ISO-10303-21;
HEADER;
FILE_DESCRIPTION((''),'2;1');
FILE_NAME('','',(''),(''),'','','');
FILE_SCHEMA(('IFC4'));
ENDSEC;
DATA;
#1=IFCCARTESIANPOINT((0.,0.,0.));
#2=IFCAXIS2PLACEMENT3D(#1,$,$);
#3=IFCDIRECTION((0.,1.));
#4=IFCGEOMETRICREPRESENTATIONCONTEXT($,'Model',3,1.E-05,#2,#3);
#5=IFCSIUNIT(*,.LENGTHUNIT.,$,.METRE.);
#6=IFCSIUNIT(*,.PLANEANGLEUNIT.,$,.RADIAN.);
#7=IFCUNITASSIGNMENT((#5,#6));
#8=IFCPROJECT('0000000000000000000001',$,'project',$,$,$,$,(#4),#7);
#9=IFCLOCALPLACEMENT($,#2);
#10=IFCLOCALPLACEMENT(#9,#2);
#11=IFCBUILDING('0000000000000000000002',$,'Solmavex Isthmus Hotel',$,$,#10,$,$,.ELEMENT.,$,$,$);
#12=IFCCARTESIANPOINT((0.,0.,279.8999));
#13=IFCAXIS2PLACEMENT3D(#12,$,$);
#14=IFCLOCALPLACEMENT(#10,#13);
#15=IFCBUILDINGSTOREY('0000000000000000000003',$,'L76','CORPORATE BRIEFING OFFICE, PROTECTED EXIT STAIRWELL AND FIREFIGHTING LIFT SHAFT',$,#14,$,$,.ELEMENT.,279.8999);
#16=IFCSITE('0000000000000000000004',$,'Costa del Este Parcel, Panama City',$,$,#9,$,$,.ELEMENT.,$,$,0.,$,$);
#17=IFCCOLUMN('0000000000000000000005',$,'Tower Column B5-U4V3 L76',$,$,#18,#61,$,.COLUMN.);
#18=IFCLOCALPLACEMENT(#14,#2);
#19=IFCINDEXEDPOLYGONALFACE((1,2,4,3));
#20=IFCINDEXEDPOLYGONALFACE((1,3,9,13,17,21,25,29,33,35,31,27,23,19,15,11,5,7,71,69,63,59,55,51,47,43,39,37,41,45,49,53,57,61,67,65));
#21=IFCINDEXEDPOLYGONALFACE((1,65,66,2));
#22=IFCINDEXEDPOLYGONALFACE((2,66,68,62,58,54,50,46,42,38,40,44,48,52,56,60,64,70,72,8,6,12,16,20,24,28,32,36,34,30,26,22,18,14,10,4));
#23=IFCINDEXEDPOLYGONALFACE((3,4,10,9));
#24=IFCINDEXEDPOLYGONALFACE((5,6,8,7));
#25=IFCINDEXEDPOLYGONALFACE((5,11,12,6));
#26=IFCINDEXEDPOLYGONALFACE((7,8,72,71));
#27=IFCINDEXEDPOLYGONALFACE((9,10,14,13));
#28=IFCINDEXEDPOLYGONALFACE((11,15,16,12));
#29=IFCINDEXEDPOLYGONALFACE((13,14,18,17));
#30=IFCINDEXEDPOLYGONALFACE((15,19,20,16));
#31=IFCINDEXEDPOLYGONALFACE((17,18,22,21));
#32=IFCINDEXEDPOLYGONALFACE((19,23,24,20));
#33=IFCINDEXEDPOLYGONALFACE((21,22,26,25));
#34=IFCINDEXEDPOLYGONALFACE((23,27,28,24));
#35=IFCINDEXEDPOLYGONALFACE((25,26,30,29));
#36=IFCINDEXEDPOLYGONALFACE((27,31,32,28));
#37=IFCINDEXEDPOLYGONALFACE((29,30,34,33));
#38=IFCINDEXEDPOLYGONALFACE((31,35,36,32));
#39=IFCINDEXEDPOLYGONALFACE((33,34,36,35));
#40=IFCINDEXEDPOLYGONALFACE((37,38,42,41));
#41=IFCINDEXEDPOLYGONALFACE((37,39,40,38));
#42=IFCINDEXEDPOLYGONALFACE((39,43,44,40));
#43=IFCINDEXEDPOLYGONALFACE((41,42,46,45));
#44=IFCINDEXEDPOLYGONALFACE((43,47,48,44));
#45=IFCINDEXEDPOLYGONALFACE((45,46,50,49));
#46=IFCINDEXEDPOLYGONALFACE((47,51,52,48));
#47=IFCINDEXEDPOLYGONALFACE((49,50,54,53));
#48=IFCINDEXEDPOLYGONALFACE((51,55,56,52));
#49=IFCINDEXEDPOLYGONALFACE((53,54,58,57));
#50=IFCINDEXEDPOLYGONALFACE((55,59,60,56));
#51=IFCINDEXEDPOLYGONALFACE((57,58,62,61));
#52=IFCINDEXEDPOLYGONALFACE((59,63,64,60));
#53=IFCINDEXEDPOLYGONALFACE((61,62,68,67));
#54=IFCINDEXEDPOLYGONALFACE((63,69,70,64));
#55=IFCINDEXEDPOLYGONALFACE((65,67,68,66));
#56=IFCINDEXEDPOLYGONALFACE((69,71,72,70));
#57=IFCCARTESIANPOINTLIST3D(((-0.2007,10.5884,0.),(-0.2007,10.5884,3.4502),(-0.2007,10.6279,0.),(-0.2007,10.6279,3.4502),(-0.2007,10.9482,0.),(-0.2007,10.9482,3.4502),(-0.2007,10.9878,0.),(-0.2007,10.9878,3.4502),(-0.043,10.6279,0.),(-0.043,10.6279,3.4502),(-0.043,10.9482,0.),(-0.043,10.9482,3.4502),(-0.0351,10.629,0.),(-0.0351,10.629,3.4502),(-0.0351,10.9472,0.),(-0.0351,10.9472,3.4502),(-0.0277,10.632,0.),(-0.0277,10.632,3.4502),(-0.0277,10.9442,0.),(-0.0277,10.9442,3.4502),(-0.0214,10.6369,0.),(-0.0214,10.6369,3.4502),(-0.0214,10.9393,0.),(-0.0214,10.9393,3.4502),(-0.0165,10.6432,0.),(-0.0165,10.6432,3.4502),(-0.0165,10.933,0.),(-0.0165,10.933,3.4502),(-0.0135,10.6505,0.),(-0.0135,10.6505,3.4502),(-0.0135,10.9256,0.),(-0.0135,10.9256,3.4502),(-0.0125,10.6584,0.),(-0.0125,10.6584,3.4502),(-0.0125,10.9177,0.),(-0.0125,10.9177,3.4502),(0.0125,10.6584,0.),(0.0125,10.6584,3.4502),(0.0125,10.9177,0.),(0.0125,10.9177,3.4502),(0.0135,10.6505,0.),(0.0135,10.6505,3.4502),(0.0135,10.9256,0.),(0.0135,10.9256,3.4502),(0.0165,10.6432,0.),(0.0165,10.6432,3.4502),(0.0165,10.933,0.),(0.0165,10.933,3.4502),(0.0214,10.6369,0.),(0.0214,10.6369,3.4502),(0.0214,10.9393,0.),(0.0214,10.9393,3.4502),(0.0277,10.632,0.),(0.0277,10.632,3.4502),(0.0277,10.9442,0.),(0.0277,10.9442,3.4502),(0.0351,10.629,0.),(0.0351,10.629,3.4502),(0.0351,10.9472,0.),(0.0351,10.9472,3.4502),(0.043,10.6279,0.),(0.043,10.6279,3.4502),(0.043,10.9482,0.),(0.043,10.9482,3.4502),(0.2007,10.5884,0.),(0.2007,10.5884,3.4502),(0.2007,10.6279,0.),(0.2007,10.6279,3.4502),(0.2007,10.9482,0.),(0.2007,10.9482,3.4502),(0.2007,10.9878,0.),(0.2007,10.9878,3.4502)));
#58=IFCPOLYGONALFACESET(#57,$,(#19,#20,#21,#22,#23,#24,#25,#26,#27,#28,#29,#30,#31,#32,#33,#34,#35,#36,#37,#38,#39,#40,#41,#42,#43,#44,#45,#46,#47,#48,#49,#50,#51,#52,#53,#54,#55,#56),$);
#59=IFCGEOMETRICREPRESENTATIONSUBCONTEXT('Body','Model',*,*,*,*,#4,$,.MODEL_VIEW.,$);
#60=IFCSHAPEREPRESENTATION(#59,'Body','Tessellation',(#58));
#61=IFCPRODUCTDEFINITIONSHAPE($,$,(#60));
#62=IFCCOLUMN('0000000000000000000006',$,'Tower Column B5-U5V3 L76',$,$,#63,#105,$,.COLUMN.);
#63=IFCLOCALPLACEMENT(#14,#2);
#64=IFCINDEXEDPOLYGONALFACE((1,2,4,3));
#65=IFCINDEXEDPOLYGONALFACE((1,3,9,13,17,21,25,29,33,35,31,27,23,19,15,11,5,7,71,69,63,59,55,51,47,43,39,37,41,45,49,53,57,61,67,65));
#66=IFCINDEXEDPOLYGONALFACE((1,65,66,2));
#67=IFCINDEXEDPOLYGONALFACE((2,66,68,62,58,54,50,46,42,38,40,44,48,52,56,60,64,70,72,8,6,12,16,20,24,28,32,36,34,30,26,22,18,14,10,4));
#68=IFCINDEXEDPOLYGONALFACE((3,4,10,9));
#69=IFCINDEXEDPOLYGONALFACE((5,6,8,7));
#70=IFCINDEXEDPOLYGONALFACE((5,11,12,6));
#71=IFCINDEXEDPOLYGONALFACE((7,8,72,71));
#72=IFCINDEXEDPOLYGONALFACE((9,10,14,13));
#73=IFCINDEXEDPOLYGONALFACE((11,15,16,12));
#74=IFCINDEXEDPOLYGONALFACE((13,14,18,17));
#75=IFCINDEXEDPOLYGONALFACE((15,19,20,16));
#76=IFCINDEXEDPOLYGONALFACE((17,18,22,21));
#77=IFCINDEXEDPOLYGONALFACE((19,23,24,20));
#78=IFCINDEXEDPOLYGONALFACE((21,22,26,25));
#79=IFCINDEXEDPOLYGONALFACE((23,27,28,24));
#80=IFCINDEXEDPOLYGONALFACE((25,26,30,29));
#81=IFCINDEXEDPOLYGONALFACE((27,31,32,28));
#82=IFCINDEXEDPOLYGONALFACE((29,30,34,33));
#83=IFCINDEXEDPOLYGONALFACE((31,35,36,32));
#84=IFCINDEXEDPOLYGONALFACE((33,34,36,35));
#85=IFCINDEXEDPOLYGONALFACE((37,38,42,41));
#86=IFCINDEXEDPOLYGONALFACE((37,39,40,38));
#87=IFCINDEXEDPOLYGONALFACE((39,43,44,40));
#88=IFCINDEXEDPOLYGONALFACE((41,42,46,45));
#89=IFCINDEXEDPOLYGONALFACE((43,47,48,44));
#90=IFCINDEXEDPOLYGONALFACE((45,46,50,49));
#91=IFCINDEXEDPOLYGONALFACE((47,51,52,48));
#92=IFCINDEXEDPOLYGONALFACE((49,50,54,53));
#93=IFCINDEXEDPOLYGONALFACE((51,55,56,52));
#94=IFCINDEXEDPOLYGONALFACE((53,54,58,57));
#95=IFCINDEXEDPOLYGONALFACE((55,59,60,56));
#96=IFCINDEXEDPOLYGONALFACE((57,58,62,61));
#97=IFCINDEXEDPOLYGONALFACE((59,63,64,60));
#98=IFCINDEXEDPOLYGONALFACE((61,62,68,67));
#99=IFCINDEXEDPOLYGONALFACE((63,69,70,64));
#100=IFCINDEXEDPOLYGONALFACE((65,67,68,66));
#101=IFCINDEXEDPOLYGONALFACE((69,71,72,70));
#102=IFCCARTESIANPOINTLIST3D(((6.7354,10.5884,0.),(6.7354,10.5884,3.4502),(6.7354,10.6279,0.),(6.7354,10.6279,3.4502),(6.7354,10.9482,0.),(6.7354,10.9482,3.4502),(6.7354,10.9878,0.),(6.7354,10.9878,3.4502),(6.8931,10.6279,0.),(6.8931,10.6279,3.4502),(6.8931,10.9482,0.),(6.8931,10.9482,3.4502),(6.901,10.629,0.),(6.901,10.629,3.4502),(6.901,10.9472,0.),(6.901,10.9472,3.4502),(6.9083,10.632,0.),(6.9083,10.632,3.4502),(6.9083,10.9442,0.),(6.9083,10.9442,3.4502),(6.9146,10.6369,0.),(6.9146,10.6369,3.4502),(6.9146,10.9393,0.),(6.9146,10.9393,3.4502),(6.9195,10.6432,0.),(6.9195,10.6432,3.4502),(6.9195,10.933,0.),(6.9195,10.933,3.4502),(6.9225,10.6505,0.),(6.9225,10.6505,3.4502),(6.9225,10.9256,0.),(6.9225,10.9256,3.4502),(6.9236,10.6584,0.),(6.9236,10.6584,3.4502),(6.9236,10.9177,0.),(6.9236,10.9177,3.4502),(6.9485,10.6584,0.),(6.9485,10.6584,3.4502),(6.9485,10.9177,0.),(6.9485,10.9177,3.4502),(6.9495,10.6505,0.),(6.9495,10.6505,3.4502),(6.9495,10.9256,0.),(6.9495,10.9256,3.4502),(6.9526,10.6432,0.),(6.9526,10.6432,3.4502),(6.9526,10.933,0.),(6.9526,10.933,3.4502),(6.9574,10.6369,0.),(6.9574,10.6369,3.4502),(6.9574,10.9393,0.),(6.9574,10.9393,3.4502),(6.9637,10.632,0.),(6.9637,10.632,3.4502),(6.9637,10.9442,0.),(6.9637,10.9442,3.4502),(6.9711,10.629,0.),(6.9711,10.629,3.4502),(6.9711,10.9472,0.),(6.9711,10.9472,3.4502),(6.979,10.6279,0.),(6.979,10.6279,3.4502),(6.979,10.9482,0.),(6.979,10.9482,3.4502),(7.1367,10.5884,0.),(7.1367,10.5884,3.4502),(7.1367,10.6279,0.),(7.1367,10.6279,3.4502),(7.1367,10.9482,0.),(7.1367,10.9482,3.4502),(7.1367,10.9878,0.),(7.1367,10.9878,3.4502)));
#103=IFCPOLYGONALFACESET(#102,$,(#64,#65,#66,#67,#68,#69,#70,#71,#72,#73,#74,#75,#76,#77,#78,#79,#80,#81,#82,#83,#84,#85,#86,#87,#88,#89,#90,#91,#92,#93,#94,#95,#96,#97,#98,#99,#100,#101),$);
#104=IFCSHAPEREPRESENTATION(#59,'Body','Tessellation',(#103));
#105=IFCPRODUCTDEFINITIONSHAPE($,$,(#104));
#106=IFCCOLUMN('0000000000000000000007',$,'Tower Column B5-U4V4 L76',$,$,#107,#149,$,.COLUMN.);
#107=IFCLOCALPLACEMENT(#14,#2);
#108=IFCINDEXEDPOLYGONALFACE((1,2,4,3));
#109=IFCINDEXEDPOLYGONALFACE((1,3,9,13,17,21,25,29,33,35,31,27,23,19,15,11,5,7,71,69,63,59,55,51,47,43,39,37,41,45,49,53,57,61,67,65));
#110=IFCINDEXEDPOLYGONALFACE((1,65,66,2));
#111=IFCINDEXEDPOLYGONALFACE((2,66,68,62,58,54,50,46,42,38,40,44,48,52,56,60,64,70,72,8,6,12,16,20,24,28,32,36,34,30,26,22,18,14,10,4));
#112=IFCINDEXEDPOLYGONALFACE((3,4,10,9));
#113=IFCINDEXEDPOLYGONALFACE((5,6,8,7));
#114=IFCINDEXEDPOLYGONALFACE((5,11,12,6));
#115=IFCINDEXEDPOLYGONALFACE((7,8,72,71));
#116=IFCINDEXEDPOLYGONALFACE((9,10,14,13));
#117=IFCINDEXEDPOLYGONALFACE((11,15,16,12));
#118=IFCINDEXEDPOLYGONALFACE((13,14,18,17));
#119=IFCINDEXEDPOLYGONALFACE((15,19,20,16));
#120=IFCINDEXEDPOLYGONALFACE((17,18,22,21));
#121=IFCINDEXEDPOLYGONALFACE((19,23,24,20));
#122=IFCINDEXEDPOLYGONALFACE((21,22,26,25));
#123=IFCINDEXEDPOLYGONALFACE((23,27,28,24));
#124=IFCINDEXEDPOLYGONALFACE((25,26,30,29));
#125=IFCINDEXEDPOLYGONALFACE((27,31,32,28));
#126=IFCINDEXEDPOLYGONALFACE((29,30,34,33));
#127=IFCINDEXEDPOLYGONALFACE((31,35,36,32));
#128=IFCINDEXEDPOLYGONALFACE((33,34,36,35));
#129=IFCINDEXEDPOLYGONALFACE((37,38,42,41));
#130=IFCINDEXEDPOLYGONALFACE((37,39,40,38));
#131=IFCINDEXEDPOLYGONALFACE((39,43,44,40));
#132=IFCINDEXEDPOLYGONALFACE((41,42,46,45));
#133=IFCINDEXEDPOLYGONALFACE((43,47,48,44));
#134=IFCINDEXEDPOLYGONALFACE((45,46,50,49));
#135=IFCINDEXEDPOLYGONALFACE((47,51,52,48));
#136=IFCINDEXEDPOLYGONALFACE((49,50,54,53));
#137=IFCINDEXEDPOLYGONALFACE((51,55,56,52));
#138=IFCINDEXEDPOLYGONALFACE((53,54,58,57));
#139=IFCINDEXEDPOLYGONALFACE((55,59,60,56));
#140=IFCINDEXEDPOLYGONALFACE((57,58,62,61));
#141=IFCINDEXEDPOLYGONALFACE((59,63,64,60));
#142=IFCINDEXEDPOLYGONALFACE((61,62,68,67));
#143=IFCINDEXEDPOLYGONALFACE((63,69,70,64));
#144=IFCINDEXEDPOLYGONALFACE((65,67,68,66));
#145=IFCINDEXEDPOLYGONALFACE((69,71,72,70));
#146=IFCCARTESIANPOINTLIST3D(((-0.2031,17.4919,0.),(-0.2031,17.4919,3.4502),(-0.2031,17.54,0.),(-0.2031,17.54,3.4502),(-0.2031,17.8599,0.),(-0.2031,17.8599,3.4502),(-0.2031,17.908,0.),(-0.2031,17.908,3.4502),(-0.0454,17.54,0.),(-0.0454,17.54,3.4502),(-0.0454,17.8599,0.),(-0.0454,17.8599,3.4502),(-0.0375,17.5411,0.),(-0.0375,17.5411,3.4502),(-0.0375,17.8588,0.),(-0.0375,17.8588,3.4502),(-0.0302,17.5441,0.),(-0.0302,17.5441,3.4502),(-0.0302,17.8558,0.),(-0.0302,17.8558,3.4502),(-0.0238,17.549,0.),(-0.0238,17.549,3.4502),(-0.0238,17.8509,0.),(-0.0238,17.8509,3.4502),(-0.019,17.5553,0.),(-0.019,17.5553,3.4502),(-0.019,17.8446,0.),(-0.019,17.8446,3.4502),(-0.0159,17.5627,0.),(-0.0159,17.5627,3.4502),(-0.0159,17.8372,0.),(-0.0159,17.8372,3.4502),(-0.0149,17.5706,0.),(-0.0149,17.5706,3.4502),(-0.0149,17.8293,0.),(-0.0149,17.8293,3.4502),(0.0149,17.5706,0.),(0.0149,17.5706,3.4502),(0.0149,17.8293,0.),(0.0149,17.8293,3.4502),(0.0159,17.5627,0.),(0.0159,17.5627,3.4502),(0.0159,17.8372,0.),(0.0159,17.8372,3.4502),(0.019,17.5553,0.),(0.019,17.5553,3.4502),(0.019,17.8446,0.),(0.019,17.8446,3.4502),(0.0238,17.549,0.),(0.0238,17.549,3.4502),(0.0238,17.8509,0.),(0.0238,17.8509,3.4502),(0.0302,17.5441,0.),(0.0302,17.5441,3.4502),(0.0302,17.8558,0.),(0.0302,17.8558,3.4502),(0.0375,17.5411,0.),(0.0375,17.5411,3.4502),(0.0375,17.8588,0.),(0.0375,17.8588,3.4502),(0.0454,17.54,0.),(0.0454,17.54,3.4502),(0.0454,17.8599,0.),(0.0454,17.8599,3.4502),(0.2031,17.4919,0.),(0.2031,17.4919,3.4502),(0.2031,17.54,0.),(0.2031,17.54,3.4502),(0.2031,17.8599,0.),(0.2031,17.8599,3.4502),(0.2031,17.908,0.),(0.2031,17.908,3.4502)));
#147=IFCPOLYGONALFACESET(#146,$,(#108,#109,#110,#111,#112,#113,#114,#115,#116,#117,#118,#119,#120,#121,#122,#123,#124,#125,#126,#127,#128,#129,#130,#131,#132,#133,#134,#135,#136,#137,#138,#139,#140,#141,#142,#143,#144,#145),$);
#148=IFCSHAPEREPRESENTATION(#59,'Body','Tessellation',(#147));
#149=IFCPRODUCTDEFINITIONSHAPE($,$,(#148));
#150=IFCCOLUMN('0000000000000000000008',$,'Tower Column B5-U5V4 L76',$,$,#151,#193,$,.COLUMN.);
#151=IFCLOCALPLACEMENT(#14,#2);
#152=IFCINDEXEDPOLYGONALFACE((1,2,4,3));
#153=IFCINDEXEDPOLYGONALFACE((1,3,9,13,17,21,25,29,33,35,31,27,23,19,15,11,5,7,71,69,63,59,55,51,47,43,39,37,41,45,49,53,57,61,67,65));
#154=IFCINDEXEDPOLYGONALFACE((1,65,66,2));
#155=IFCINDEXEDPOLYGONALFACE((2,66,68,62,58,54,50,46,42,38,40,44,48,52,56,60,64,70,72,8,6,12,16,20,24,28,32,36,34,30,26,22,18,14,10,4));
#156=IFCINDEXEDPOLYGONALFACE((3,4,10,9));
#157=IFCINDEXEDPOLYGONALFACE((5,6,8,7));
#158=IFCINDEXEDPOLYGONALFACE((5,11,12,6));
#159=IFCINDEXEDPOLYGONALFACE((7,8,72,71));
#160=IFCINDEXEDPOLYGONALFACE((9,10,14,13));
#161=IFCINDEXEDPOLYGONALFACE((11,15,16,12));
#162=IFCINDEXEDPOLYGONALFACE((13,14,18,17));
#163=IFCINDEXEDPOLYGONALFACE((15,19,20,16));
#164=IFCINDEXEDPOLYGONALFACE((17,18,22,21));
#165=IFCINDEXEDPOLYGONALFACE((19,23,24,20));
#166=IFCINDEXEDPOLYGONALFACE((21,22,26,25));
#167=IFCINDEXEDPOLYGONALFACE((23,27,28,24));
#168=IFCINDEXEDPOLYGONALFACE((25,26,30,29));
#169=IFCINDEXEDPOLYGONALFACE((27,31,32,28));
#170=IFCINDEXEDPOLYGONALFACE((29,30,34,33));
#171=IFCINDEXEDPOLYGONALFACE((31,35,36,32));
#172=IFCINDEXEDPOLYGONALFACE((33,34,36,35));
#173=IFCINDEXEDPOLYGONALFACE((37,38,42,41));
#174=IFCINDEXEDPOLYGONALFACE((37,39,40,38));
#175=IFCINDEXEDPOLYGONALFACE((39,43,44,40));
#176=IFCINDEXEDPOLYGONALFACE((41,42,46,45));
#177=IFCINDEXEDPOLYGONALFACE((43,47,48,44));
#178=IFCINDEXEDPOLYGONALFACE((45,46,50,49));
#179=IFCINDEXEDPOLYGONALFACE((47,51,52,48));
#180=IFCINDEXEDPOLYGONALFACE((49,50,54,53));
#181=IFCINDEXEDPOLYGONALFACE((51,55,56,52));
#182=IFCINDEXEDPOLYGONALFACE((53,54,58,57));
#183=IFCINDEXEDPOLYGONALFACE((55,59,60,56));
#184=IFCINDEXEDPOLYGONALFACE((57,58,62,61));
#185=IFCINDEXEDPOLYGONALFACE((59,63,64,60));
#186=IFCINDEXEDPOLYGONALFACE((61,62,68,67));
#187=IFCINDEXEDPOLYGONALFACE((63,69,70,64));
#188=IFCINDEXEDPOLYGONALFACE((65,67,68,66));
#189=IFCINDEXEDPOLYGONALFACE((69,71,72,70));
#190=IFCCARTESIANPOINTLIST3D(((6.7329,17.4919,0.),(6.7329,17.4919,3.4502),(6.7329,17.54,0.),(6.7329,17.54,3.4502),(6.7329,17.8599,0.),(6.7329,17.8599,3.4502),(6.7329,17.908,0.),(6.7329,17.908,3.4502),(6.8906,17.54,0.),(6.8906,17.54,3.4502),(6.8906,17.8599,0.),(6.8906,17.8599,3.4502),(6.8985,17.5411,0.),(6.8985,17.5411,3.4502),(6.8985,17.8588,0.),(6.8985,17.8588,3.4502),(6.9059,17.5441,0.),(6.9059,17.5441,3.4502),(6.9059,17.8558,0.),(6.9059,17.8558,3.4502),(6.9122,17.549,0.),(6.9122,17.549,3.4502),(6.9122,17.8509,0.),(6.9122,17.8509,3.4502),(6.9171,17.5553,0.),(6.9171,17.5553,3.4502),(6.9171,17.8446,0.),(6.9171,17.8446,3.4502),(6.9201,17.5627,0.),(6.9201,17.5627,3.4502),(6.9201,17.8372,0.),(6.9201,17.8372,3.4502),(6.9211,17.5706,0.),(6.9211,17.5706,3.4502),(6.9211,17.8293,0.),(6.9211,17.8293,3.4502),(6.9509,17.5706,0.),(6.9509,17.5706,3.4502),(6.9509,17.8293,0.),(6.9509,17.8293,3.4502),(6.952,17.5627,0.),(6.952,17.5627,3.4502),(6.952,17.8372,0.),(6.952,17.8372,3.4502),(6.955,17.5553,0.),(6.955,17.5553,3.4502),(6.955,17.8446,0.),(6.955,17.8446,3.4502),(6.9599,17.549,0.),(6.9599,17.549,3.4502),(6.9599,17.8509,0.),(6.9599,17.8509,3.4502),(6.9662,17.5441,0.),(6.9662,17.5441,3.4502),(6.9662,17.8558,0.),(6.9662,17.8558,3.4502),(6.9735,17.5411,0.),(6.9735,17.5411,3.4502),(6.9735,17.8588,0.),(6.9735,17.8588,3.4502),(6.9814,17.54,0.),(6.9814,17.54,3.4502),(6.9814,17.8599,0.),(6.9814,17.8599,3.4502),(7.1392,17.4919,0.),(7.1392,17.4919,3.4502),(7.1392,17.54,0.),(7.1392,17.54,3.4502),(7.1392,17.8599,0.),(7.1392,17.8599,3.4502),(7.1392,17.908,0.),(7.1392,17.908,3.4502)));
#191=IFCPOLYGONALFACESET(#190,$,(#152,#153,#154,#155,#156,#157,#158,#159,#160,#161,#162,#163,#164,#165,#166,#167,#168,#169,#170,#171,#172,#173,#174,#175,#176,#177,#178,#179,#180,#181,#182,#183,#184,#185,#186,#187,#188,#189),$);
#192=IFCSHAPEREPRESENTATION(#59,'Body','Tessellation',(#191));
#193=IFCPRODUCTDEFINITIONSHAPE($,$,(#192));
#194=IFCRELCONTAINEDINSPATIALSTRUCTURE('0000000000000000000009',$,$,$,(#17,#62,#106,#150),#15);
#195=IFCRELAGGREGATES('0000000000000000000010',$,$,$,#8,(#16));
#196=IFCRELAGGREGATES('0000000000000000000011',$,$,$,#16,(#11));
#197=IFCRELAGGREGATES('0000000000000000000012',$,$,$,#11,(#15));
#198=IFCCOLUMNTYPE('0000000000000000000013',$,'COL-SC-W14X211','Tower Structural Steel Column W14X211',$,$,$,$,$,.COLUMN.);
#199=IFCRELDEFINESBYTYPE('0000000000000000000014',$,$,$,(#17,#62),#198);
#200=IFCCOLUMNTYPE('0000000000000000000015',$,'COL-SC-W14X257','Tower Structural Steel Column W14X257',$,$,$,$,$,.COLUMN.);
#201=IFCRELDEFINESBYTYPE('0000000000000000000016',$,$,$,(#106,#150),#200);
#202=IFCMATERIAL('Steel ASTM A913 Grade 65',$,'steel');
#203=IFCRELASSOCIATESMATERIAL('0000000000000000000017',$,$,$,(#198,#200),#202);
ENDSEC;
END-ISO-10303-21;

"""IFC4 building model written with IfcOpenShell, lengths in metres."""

from ifc_helpers import new_model, si_unit, direction, frame, origin, origin_2d, place, context, subcontext, project, spatial, i_section, extrude, material, material_profile, profile_set, type_object, element, save


model = new_model("IFC4")

# Units and contexts
model_context = context("Model", 3, precision=1e-05, world=origin(), true_north=direction((0.0, 1.0)))
body_context = subcontext(model_context, "Body", "Model", "MODEL_VIEW")
ifc_project = project(units=[si_unit("LENGTHUNIT", "METRE"), si_unit("PLANEANGLEUNIT", "RADIAN")], contexts=[model_context])

# Site, building, storey
site_placement = place(None, origin())
site = spatial("IfcSite", under=ifc_project, at=site_placement, Name="Costa del Este Parcel, Panama City", CompositionType="ELEMENT", RefElevation=0.0)
building_placement = place(site_placement, origin())
building = spatial("IfcBuilding", under=site, at=building_placement, Name="Solmavex Isthmus Hotel", CompositionType="ELEMENT")
storey_placement = place(building_placement, frame((0.0, 0.0, 279.8999)))
storey = spatial("IfcBuildingStorey", under=building, at=storey_placement, Name="L76", Description="CORPORATE BRIEFING OFFICE, PROTECTED EXIT STAIRWELL AND FIREFIGHTING LIFT SHAFT", CompositionType="ELEMENT", Elevation=279.8999)

# Columns
ifc_material_1 = material(Name="Steel ASTM A913 Grade 65", Category="steel")
ifc_material_profile_1 = material_profile(ifc_material_1, i_section(OverallWidth=0.4014, OverallDepth=0.3994, WebThickness=0.0249, FlangeThickness=0.0396, FilletRadius=0.0305, at=origin_2d()), Name="W14X211")
ifc_profile_set_1 = profile_set([ifc_material_profile_1], Name="Steel ASTM A913 Grade 65")
column_type_1 = type_object("IfcColumnType", Name="COL-SC-W14X211", Description="Tower Structural Steel Column W14X211", PredefinedType="COLUMN", material=ifc_profile_set_1)
for number, where, z_axis, x_axis, name in (
    (1, (0.0, 10.7881, 0.0), (0.0, 0.0, 1.0), (1.0, 0.0, 0.0), "Tower Column B5-U4V3 L76"),
    (2, (6.936, 10.7881, 0.0), (0.0, 0.0, 1.0), (1.0, 0.0, 0.0), "Tower Column B5-U5V3 L76"),
):
    element("IfcColumn", number, at=place(storey_placement, frame(where, z_axis=z_axis, x_axis=x_axis)), inside=storey, type_object=column_type_1, Name=name, PredefinedType="COLUMN", context=body_context, shape_type="SweptSolid", body=[
        extrude(i_section(OverallWidth=0.4014, OverallDepth=0.3994, WebThickness=0.0249, FlangeThickness=0.0396, FilletRadius=0.0305, at=origin_2d()), origin(), (0.0, 0.0, 1.0), 3.4502),
    ])
ifc_material_profile_2 = material_profile(ifc_material_1, i_section(OverallWidth=0.4062, OverallDepth=0.416, WebThickness=0.0298, FlangeThickness=0.0481, FilletRadius=0.0305, at=origin_2d()), Name="W14X257")
ifc_profile_set_2 = profile_set([ifc_material_profile_2], Name="Steel ASTM A913 Grade 65")
column_type_2 = type_object("IfcColumnType", Name="COL-SC-W14X257", Description="Tower Structural Steel Column W14X257", PredefinedType="COLUMN", material=ifc_profile_set_2)
for number, where, z_axis, x_axis, name in (
    (3, (0.0, 17.7, 0.0), (0.0, 0.0, 1.0), (1.0, 0.0, 0.0), "Tower Column B5-U4V4 L76"),
    (4, (6.936, 17.7, 0.0), (0.0, 0.0, 1.0), (1.0, 0.0, 0.0), "Tower Column B5-U5V4 L76"),
):
    element("IfcColumn", number, at=place(storey_placement, frame(where, z_axis=z_axis, x_axis=x_axis)), inside=storey, type_object=column_type_2, Name=name, PredefinedType="COLUMN", context=body_context, shape_type="SweptSolid", body=[
        extrude(i_section(OverallWidth=0.4062, OverallDepth=0.416, WebThickness=0.0298, FlangeThickness=0.0481, FilletRadius=0.0305, at=origin_2d()), origin(), (0.0, 0.0, 1.0), 3.4502),
    ])

save(model, "model.ifc")
